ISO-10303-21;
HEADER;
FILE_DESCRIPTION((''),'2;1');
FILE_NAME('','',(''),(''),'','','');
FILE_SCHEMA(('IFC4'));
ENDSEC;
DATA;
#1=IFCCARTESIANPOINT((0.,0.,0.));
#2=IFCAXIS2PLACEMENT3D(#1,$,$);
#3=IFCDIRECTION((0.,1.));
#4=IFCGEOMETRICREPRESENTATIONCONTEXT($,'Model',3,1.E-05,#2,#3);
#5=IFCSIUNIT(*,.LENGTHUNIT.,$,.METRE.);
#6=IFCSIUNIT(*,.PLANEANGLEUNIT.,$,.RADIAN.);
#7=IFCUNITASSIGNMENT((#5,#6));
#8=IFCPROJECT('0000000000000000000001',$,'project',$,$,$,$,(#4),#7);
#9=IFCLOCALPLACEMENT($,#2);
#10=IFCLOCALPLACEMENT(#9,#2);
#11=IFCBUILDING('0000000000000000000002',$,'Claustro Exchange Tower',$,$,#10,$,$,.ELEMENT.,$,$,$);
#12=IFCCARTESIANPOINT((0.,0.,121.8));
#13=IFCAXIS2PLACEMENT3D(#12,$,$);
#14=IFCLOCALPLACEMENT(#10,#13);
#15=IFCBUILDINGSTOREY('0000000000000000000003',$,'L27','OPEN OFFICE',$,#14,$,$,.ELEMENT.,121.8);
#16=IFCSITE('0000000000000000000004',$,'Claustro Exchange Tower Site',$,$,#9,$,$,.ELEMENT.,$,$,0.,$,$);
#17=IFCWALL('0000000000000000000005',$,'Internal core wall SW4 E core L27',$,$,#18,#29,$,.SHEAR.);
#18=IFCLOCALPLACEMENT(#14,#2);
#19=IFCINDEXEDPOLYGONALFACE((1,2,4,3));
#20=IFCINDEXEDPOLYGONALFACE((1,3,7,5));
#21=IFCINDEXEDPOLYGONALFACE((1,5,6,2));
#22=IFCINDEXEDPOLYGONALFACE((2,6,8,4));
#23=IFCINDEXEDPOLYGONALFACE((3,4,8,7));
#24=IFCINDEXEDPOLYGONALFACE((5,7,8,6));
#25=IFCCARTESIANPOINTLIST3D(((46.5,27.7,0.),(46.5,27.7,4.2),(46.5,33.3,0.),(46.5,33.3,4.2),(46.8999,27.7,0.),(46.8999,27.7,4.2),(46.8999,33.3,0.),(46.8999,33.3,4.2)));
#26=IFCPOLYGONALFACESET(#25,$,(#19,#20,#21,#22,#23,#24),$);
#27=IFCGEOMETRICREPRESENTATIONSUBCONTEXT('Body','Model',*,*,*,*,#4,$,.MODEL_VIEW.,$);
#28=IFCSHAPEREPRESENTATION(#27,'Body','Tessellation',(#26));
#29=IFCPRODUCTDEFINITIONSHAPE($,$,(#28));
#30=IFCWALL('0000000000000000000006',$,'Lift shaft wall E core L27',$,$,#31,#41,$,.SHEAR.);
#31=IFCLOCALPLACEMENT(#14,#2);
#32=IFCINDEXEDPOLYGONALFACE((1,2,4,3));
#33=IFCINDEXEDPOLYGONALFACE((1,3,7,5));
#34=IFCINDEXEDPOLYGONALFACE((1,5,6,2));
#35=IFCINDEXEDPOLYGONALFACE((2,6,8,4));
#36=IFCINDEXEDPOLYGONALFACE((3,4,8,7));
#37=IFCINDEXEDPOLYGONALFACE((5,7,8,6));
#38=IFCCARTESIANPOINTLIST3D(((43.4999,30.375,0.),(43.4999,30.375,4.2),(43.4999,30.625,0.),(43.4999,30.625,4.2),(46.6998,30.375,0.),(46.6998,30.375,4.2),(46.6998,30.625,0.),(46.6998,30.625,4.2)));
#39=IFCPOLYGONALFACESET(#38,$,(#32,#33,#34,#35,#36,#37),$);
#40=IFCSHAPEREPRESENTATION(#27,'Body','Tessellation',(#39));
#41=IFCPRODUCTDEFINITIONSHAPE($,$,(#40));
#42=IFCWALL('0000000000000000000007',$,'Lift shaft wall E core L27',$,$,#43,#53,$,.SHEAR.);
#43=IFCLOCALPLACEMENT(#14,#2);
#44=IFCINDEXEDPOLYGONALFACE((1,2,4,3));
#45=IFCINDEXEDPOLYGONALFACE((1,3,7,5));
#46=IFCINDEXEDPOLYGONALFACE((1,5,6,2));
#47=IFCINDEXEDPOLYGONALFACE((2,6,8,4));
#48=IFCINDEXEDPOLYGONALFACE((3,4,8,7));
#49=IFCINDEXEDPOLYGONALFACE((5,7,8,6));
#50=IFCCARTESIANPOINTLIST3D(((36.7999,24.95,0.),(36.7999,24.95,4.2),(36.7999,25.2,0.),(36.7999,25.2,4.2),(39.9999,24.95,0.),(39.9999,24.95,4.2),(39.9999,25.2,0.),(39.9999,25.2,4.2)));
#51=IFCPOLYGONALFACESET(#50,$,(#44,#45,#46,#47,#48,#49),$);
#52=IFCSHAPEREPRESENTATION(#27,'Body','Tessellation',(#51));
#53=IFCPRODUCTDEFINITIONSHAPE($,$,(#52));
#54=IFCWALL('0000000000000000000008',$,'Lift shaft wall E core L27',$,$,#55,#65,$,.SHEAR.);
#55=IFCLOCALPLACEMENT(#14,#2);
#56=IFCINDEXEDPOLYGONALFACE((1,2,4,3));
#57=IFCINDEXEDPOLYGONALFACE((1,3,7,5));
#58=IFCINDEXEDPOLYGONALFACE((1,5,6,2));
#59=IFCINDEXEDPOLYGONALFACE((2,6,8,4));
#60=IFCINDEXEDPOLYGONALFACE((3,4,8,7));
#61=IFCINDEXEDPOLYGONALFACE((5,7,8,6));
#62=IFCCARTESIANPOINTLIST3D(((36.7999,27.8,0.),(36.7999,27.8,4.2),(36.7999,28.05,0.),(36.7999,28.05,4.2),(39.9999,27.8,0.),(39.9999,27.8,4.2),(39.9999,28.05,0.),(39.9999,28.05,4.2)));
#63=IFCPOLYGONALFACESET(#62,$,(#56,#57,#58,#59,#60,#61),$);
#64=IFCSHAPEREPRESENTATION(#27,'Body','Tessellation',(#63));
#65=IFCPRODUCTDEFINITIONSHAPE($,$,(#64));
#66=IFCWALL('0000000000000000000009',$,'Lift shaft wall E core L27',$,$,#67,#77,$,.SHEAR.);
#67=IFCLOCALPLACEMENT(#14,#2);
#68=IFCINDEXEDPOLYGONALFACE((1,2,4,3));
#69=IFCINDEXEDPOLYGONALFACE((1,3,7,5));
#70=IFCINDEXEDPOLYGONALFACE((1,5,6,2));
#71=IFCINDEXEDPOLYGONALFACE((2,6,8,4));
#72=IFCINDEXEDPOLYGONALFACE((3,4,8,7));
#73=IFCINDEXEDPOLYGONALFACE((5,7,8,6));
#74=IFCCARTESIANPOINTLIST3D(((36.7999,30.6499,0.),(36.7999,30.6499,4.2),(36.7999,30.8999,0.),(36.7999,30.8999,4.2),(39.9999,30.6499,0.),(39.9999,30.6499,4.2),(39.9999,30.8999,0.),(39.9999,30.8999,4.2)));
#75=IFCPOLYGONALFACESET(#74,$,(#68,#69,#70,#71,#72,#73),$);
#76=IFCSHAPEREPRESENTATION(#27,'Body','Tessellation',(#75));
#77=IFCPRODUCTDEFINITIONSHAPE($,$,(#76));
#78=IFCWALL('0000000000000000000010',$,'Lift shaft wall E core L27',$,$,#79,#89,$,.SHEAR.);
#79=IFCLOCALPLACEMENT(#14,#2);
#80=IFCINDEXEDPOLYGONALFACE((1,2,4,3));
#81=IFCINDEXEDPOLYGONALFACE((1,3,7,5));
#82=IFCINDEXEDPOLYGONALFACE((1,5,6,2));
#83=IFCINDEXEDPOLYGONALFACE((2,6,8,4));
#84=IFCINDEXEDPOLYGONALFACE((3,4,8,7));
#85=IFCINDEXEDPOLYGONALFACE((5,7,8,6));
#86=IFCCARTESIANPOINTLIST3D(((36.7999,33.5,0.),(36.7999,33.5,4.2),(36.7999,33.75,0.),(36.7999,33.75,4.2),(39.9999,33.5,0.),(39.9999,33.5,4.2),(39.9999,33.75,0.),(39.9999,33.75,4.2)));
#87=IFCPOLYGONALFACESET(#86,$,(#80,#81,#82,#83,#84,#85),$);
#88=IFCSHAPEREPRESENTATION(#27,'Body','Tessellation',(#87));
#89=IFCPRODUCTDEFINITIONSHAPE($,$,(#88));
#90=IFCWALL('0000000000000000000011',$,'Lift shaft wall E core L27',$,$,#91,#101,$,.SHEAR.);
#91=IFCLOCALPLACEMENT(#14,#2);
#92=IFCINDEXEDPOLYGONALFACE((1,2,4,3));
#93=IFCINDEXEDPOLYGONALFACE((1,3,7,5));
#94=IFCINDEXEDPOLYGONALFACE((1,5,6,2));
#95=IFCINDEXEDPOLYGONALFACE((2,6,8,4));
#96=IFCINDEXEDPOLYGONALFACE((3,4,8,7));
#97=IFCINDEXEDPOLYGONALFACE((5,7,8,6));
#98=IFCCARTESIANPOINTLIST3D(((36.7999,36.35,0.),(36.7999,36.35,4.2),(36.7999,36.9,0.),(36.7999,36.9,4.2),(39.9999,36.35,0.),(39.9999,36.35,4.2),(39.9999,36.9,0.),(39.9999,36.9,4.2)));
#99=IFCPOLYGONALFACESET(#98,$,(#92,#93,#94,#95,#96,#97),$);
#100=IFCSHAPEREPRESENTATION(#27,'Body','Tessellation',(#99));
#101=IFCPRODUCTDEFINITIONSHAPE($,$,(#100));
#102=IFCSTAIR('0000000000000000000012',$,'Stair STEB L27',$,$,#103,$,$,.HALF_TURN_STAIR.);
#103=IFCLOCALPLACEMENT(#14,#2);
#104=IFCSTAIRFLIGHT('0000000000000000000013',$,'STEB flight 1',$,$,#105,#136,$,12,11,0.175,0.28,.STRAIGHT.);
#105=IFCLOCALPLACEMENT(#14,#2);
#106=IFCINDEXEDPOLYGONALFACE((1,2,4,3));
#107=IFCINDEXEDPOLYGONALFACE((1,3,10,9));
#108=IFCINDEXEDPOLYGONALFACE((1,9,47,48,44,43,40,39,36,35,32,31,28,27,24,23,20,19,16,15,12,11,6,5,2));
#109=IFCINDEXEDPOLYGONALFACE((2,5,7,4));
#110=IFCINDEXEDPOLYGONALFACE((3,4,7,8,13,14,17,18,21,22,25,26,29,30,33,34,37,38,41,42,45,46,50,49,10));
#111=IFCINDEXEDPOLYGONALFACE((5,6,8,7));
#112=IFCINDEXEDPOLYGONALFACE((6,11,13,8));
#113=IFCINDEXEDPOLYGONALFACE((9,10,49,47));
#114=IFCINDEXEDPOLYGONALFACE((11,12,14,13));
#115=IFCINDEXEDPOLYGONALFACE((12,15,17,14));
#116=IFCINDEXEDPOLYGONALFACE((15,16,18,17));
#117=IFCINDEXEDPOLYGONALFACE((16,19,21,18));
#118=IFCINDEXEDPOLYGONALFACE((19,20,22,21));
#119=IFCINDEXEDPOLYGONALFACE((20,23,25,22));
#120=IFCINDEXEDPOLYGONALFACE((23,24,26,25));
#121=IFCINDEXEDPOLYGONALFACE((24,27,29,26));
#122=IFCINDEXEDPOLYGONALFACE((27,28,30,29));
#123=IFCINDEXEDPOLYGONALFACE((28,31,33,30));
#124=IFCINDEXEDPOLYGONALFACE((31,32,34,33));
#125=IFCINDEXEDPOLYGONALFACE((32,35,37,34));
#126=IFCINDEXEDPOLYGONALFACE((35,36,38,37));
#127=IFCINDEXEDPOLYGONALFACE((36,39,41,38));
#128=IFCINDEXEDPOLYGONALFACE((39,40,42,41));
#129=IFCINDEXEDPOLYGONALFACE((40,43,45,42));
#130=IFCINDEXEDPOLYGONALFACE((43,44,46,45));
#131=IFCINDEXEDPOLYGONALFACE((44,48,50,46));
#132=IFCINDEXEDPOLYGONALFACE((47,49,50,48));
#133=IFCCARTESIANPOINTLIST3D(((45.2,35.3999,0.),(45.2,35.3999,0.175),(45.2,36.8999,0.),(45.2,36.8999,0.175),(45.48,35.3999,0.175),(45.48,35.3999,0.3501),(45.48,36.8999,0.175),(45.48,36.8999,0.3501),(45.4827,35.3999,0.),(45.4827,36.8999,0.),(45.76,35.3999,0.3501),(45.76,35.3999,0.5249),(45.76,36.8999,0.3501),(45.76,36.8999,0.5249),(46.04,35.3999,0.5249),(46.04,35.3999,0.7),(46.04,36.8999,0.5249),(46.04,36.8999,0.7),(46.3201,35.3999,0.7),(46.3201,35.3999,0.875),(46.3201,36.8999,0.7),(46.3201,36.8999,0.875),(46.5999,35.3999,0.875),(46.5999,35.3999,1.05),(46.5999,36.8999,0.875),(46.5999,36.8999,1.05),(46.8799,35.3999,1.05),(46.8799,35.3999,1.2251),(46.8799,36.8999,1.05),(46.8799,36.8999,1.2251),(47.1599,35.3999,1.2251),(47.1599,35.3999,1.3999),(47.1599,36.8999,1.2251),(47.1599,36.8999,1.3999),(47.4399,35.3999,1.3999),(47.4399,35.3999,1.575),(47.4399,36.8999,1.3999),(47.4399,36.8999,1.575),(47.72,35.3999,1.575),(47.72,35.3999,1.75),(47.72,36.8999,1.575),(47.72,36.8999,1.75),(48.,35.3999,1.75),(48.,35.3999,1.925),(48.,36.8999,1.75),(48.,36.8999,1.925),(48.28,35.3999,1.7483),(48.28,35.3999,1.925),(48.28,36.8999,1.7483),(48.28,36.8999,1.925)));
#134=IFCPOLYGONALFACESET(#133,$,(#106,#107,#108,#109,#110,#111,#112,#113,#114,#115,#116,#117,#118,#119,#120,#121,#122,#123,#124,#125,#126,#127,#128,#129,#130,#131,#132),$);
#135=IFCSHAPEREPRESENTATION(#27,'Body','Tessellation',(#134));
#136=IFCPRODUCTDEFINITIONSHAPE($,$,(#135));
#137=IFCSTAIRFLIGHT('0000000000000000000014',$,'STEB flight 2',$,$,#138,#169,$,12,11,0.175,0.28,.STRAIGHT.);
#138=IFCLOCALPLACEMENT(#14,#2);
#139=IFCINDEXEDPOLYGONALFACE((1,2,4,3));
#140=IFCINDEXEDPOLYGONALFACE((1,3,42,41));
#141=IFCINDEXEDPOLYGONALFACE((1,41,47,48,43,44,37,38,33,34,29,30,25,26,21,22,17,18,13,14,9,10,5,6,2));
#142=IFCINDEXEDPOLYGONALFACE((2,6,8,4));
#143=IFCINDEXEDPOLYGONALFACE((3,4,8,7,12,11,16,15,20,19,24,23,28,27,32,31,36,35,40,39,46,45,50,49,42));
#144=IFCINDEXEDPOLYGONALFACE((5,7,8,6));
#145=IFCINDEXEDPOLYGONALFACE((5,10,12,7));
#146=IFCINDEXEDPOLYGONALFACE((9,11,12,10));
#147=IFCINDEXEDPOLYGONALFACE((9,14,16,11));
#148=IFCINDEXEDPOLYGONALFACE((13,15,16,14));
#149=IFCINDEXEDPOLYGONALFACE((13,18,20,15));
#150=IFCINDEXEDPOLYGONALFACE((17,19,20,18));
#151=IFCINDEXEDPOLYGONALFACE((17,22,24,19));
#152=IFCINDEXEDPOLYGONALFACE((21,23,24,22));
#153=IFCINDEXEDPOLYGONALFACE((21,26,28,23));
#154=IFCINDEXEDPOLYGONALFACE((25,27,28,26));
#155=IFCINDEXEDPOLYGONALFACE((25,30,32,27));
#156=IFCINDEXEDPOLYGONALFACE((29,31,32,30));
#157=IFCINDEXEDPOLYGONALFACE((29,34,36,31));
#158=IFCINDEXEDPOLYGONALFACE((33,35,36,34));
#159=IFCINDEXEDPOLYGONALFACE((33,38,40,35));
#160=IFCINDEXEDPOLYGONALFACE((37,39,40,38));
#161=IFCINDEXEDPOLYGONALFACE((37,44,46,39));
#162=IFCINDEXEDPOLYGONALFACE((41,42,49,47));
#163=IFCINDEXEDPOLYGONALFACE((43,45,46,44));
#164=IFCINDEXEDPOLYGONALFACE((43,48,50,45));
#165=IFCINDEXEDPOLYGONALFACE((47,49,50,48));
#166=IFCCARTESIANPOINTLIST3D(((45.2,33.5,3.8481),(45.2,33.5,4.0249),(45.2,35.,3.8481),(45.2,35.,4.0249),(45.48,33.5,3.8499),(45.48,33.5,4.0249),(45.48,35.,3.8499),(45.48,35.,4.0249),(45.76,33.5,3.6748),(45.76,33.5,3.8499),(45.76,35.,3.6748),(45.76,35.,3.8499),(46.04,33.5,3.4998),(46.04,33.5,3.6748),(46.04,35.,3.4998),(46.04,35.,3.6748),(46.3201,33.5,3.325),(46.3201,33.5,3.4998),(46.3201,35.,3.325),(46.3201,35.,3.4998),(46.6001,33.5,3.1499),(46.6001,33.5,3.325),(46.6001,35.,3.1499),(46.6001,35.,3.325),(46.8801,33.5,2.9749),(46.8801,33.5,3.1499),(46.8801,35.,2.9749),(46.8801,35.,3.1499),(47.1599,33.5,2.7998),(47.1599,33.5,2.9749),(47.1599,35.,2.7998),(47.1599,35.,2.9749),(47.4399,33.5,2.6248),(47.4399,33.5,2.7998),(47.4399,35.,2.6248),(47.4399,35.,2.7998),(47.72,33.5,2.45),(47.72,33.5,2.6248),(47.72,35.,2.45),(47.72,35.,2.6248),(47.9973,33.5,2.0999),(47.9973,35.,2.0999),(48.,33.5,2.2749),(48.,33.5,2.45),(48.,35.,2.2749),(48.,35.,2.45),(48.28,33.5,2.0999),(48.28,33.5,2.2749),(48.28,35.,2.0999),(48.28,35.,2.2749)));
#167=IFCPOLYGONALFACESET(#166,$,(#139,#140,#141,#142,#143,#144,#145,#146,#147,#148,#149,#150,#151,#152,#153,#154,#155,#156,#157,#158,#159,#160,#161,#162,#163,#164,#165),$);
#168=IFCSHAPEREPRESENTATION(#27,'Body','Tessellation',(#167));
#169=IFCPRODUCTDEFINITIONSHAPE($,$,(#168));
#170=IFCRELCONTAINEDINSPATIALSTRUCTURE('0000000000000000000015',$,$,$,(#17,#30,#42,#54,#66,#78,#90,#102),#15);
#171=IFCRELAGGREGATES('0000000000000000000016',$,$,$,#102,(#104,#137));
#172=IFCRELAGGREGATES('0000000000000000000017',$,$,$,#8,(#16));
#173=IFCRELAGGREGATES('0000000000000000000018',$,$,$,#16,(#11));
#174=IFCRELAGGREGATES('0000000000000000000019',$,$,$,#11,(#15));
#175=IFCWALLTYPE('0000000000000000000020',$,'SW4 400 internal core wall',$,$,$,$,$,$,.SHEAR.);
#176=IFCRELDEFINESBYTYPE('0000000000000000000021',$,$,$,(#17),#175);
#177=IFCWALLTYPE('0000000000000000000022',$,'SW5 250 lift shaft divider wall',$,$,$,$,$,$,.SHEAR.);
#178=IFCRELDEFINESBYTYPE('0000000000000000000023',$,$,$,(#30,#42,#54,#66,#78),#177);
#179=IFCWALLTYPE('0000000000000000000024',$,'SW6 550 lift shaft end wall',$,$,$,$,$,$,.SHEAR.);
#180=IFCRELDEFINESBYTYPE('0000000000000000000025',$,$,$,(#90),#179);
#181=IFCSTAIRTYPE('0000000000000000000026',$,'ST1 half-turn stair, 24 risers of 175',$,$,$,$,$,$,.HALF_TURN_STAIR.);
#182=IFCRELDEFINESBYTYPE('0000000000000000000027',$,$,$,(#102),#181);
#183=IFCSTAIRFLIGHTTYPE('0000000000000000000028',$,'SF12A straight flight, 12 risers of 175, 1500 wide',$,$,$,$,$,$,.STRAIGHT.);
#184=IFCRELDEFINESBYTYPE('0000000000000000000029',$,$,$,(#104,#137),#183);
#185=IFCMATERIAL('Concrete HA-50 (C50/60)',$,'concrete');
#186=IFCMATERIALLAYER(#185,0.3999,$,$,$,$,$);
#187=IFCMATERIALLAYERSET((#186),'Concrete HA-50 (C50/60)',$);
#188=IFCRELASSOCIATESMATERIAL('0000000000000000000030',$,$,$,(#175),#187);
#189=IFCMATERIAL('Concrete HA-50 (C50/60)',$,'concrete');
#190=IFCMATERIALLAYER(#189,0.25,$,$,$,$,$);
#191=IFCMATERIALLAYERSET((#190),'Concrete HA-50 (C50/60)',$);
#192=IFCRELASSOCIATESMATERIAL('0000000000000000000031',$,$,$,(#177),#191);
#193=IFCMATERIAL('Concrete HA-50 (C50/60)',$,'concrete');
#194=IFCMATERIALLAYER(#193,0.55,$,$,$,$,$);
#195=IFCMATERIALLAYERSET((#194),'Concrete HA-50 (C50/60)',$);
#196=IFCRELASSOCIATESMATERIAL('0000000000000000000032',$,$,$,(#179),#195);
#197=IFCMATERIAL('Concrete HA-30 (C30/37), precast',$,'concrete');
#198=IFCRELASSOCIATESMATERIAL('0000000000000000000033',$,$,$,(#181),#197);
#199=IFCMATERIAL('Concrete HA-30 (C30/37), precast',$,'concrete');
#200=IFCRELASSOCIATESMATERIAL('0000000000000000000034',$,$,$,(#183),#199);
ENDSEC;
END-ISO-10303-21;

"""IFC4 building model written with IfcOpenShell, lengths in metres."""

from ifc_helpers import new_model, si_unit, direction, frame, frame_2d, origin, place, context, subcontext, project, spatial, polyline, rectangle, outline, extrude, material, layer, layer_set, type_object, element, aggregate, save


model = new_model("IFC4")

# Units and contexts
model_context = context("Model", 3, precision=1e-05, world=origin(), true_north=direction((0.0, 1.0)))
body_context = subcontext(model_context, "Body", "Model", "MODEL_VIEW")
ifc_project = project(units=[si_unit("LENGTHUNIT", "METRE"), si_unit("PLANEANGLEUNIT", "RADIAN")], contexts=[model_context])

# Site, building, storey
site_placement = place(None, origin())
site = spatial("IfcSite", under=ifc_project, at=site_placement, Name="Claustro Exchange Tower Site", CompositionType="ELEMENT", RefElevation=0.0)
building_placement = place(site_placement, origin())
building = spatial("IfcBuilding", under=site, at=building_placement, Name="Claustro Exchange Tower", CompositionType="ELEMENT")
storey_placement = place(building_placement, frame((0.0, 0.0, 121.8)))
storey = spatial("IfcBuildingStorey", under=building, at=storey_placement, Name="L27", Description="OPEN OFFICE", CompositionType="ELEMENT", Elevation=121.8)

# Walls
ifc_material_1 = material(Name="Concrete HA-50 (C50/60)", Category="concrete")
ifc_layer_1 = layer(ifc_material_1, 0.3999)
ifc_layer_set_1 = layer_set([ifc_layer_1], Name="Concrete HA-50 (C50/60)")
wall_type_1 = type_object("IfcWallType", Name="SW4 400 internal core wall", PredefinedType="SHEAR", material=ifc_layer_set_1)
wall_1_placement = place(storey_placement, frame((46.7, 27.7, 0.0), z_axis=(0.0, 0.0, 1.0), x_axis=(0.0, 1.0, 0.0)))
element("IfcWall", 1, at=wall_1_placement, inside=storey, type_object=wall_type_1, Name="Internal core wall SW4 E core L27", PredefinedType="SHEAR", context=body_context, shape_type="SweptSolid", body=[
    extrude(rectangle(XDim=5.6001, YDim=0.3999, at=frame_2d((2.8, 0.0))), origin(), (0.0, 0.0, 1.0), 4.2),
])
ifc_material_2 = material(Name="Concrete HA-50 (C50/60)", Category="concrete")
ifc_layer_2 = layer(ifc_material_2, 0.25)
ifc_layer_set_2 = layer_set([ifc_layer_2], Name="Concrete HA-50 (C50/60)")
wall_type_2 = type_object("IfcWallType", Name="SW5 250 lift shaft divider wall", PredefinedType="SHEAR", material=ifc_layer_set_2)
for number, where, z_axis, x_axis, name in (
    (2, (46.7, 30.5, 0.0), (0.0, 0.0, 1.0), (-1.0, 0.0, 0.0), "Lift shaft wall E core L27"),
    (3, (40.0, 25.075, 0.0), (0.0, 0.0, 1.0), (-1.0, 0.0, 0.0), "Lift shaft wall E core L27"),
    (4, (40.0, 27.925, 0.0), (0.0, 0.0, 1.0), (-1.0, 0.0, 0.0), "Lift shaft wall E core L27"),
    (5, (40.0, 30.7749, 0.0), (0.0, 0.0, 1.0), (-1.0, 0.0, 0.0), "Lift shaft wall E core L27"),
    (6, (40.0, 33.625, 0.0), (0.0, 0.0, 1.0), (-1.0, 0.0, 0.0), "Lift shaft wall E core L27"),
):
    element("IfcWall", number, at=place(storey_placement, frame(where, z_axis=z_axis, x_axis=x_axis)), inside=storey, type_object=wall_type_2, Name=name, PredefinedType="SHEAR", context=body_context, shape_type="SweptSolid", body=[
        extrude(rectangle(XDim=3.2, YDim=0.25, at=frame_2d((1.6001, 0.0))), origin(), (0.0, 0.0, 1.0), 4.2),
    ])
ifc_material_3 = material(Name="Concrete HA-50 (C50/60)", Category="concrete")
ifc_layer_3 = layer(ifc_material_3, 0.55)
ifc_layer_set_3 = layer_set([ifc_layer_3], Name="Concrete HA-50 (C50/60)")
wall_type_3 = type_object("IfcWallType", Name="SW6 550 lift shaft end wall", PredefinedType="SHEAR", material=ifc_layer_set_3)
wall_2_placement = place(storey_placement, frame((40.0, 36.625, 0.0), z_axis=(0.0, 0.0, 1.0), x_axis=(-1.0, 0.0, 0.0)))
element("IfcWall", 7, at=wall_2_placement, inside=storey, type_object=wall_type_3, Name="Lift shaft wall E core L27", PredefinedType="SHEAR", context=body_context, shape_type="SweptSolid", body=[
    extrude(rectangle(XDim=3.2, YDim=0.55, at=frame_2d((1.6001, 0.0))), origin(), (0.0, 0.0, 1.0), 4.2),
])

# Stair, stair flights
ifc_material_4 = material(Name="Concrete HA-30 (C30/37), precast", Category="concrete")
stair_type = type_object("IfcStairType", Name="ST1 half-turn stair, 24 risers of 175", PredefinedType="HALF_TURN_STAIR", material=ifc_material_4)
stair_placement = place(storey_placement, origin())
stair = element("IfcStair", 8, at=stair_placement, inside=storey, type_object=stair_type, Name="Stair STEB L27", PredefinedType="HALF_TURN_STAIR")
ifc_material_5 = material(Name="Concrete HA-30 (C30/37), precast", Category="concrete")
stair_flight_type = type_object("IfcStairFlightType", Name="SF12A straight flight, 12 risers of 175, 1500 wide", PredefinedType="STRAIGHT", material=ifc_material_5)
stair_flight_1_placement = place(storey_placement, frame((45.2, 36.1499, 0.0), z_axis=(0.0, 0.0, 1.0), x_axis=(1.0, 0.0, 0.0)))
stair_flight_1 = element("IfcStairFlight", 9, at=stair_flight_1_placement, type_object=stair_flight_type, Name="STEB flight 1", NumberOfRisers=12, NumberOfTreads=11, PredefinedType="STRAIGHT", RiserHeight=0.175, TreadLength=0.28, context=body_context, shape_type="SweptSolid", body=[
    extrude(outline(polyline([(0.0, 0.0), (0.0, 0.175), (0.28, 0.175), (0.28, 0.3501), (0.5601, 0.3501), (0.5601, 0.5249), (0.8401, 0.5249), (0.8401, 0.7), (1.1201, 0.7), (1.1201, 0.875), (1.3999, 0.875), (1.3999, 1.05), (1.6799, 1.05), (1.6799, 1.2251), (1.96, 1.2251), (1.96, 1.3999), (2.24, 1.3999), (2.24, 1.575), (2.52, 1.575), (2.52, 1.75), (2.8, 1.75), (2.8, 1.925), (3.0801, 1.925), (3.0801, 2.1001), (3.0801, 1.7483), (0.2827, 0.0), (0.0, 0.0)])), frame((0.0, 0.75, 0.0), z_axis=(0.0, -1.0, 0.0), x_axis=(1.0, 0.0, 0.0)), (0.0, 0.0, 1.0), 1.5),
])
stair_flight_2_placement = place(storey_placement, frame((48.28, 34.25, 2.0999), z_axis=(0.0, 0.0, 1.0), x_axis=(-1.0, 0.0, 0.0)))
stair_flight_2 = element("IfcStairFlight", 10, at=stair_flight_2_placement, type_object=stair_flight_type, Name="STEB flight 2", NumberOfRisers=12, NumberOfTreads=11, PredefinedType="STRAIGHT", RiserHeight=0.175, TreadLength=0.28, context=body_context, shape_type="SweptSolid", body=[
    extrude(outline(polyline([(0.0, 0.0), (0.0, 0.175), (0.28, 0.175), (0.28, 0.3501), (0.5601, 0.3501), (0.5601, 0.5249), (0.8401, 0.5249), (0.8401, 0.7), (1.1201, 0.7), (1.1201, 0.875), (1.3999, 0.875), (1.3999, 1.05), (1.6799, 1.05), (1.6799, 1.2251), (1.96, 1.2251), (1.96, 1.3999), (2.24, 1.3999), (2.24, 1.575), (2.52, 1.575), (2.52, 1.75), (2.8, 1.75), (2.8, 1.925), (3.0801, 1.925), (3.0801, 2.1001), (3.0801, 1.7483), (0.2827, 0.0), (0.0, 0.0)])), frame((0.0, 0.75, 0.0), z_axis=(0.0, -1.0, 0.0), x_axis=(1.0, 0.0, 0.0)), (0.0, 0.0, 1.0), 1.5),
])
aggregate(stair, [stair_flight_1, stair_flight_2])

save(model, "model.ifc")
